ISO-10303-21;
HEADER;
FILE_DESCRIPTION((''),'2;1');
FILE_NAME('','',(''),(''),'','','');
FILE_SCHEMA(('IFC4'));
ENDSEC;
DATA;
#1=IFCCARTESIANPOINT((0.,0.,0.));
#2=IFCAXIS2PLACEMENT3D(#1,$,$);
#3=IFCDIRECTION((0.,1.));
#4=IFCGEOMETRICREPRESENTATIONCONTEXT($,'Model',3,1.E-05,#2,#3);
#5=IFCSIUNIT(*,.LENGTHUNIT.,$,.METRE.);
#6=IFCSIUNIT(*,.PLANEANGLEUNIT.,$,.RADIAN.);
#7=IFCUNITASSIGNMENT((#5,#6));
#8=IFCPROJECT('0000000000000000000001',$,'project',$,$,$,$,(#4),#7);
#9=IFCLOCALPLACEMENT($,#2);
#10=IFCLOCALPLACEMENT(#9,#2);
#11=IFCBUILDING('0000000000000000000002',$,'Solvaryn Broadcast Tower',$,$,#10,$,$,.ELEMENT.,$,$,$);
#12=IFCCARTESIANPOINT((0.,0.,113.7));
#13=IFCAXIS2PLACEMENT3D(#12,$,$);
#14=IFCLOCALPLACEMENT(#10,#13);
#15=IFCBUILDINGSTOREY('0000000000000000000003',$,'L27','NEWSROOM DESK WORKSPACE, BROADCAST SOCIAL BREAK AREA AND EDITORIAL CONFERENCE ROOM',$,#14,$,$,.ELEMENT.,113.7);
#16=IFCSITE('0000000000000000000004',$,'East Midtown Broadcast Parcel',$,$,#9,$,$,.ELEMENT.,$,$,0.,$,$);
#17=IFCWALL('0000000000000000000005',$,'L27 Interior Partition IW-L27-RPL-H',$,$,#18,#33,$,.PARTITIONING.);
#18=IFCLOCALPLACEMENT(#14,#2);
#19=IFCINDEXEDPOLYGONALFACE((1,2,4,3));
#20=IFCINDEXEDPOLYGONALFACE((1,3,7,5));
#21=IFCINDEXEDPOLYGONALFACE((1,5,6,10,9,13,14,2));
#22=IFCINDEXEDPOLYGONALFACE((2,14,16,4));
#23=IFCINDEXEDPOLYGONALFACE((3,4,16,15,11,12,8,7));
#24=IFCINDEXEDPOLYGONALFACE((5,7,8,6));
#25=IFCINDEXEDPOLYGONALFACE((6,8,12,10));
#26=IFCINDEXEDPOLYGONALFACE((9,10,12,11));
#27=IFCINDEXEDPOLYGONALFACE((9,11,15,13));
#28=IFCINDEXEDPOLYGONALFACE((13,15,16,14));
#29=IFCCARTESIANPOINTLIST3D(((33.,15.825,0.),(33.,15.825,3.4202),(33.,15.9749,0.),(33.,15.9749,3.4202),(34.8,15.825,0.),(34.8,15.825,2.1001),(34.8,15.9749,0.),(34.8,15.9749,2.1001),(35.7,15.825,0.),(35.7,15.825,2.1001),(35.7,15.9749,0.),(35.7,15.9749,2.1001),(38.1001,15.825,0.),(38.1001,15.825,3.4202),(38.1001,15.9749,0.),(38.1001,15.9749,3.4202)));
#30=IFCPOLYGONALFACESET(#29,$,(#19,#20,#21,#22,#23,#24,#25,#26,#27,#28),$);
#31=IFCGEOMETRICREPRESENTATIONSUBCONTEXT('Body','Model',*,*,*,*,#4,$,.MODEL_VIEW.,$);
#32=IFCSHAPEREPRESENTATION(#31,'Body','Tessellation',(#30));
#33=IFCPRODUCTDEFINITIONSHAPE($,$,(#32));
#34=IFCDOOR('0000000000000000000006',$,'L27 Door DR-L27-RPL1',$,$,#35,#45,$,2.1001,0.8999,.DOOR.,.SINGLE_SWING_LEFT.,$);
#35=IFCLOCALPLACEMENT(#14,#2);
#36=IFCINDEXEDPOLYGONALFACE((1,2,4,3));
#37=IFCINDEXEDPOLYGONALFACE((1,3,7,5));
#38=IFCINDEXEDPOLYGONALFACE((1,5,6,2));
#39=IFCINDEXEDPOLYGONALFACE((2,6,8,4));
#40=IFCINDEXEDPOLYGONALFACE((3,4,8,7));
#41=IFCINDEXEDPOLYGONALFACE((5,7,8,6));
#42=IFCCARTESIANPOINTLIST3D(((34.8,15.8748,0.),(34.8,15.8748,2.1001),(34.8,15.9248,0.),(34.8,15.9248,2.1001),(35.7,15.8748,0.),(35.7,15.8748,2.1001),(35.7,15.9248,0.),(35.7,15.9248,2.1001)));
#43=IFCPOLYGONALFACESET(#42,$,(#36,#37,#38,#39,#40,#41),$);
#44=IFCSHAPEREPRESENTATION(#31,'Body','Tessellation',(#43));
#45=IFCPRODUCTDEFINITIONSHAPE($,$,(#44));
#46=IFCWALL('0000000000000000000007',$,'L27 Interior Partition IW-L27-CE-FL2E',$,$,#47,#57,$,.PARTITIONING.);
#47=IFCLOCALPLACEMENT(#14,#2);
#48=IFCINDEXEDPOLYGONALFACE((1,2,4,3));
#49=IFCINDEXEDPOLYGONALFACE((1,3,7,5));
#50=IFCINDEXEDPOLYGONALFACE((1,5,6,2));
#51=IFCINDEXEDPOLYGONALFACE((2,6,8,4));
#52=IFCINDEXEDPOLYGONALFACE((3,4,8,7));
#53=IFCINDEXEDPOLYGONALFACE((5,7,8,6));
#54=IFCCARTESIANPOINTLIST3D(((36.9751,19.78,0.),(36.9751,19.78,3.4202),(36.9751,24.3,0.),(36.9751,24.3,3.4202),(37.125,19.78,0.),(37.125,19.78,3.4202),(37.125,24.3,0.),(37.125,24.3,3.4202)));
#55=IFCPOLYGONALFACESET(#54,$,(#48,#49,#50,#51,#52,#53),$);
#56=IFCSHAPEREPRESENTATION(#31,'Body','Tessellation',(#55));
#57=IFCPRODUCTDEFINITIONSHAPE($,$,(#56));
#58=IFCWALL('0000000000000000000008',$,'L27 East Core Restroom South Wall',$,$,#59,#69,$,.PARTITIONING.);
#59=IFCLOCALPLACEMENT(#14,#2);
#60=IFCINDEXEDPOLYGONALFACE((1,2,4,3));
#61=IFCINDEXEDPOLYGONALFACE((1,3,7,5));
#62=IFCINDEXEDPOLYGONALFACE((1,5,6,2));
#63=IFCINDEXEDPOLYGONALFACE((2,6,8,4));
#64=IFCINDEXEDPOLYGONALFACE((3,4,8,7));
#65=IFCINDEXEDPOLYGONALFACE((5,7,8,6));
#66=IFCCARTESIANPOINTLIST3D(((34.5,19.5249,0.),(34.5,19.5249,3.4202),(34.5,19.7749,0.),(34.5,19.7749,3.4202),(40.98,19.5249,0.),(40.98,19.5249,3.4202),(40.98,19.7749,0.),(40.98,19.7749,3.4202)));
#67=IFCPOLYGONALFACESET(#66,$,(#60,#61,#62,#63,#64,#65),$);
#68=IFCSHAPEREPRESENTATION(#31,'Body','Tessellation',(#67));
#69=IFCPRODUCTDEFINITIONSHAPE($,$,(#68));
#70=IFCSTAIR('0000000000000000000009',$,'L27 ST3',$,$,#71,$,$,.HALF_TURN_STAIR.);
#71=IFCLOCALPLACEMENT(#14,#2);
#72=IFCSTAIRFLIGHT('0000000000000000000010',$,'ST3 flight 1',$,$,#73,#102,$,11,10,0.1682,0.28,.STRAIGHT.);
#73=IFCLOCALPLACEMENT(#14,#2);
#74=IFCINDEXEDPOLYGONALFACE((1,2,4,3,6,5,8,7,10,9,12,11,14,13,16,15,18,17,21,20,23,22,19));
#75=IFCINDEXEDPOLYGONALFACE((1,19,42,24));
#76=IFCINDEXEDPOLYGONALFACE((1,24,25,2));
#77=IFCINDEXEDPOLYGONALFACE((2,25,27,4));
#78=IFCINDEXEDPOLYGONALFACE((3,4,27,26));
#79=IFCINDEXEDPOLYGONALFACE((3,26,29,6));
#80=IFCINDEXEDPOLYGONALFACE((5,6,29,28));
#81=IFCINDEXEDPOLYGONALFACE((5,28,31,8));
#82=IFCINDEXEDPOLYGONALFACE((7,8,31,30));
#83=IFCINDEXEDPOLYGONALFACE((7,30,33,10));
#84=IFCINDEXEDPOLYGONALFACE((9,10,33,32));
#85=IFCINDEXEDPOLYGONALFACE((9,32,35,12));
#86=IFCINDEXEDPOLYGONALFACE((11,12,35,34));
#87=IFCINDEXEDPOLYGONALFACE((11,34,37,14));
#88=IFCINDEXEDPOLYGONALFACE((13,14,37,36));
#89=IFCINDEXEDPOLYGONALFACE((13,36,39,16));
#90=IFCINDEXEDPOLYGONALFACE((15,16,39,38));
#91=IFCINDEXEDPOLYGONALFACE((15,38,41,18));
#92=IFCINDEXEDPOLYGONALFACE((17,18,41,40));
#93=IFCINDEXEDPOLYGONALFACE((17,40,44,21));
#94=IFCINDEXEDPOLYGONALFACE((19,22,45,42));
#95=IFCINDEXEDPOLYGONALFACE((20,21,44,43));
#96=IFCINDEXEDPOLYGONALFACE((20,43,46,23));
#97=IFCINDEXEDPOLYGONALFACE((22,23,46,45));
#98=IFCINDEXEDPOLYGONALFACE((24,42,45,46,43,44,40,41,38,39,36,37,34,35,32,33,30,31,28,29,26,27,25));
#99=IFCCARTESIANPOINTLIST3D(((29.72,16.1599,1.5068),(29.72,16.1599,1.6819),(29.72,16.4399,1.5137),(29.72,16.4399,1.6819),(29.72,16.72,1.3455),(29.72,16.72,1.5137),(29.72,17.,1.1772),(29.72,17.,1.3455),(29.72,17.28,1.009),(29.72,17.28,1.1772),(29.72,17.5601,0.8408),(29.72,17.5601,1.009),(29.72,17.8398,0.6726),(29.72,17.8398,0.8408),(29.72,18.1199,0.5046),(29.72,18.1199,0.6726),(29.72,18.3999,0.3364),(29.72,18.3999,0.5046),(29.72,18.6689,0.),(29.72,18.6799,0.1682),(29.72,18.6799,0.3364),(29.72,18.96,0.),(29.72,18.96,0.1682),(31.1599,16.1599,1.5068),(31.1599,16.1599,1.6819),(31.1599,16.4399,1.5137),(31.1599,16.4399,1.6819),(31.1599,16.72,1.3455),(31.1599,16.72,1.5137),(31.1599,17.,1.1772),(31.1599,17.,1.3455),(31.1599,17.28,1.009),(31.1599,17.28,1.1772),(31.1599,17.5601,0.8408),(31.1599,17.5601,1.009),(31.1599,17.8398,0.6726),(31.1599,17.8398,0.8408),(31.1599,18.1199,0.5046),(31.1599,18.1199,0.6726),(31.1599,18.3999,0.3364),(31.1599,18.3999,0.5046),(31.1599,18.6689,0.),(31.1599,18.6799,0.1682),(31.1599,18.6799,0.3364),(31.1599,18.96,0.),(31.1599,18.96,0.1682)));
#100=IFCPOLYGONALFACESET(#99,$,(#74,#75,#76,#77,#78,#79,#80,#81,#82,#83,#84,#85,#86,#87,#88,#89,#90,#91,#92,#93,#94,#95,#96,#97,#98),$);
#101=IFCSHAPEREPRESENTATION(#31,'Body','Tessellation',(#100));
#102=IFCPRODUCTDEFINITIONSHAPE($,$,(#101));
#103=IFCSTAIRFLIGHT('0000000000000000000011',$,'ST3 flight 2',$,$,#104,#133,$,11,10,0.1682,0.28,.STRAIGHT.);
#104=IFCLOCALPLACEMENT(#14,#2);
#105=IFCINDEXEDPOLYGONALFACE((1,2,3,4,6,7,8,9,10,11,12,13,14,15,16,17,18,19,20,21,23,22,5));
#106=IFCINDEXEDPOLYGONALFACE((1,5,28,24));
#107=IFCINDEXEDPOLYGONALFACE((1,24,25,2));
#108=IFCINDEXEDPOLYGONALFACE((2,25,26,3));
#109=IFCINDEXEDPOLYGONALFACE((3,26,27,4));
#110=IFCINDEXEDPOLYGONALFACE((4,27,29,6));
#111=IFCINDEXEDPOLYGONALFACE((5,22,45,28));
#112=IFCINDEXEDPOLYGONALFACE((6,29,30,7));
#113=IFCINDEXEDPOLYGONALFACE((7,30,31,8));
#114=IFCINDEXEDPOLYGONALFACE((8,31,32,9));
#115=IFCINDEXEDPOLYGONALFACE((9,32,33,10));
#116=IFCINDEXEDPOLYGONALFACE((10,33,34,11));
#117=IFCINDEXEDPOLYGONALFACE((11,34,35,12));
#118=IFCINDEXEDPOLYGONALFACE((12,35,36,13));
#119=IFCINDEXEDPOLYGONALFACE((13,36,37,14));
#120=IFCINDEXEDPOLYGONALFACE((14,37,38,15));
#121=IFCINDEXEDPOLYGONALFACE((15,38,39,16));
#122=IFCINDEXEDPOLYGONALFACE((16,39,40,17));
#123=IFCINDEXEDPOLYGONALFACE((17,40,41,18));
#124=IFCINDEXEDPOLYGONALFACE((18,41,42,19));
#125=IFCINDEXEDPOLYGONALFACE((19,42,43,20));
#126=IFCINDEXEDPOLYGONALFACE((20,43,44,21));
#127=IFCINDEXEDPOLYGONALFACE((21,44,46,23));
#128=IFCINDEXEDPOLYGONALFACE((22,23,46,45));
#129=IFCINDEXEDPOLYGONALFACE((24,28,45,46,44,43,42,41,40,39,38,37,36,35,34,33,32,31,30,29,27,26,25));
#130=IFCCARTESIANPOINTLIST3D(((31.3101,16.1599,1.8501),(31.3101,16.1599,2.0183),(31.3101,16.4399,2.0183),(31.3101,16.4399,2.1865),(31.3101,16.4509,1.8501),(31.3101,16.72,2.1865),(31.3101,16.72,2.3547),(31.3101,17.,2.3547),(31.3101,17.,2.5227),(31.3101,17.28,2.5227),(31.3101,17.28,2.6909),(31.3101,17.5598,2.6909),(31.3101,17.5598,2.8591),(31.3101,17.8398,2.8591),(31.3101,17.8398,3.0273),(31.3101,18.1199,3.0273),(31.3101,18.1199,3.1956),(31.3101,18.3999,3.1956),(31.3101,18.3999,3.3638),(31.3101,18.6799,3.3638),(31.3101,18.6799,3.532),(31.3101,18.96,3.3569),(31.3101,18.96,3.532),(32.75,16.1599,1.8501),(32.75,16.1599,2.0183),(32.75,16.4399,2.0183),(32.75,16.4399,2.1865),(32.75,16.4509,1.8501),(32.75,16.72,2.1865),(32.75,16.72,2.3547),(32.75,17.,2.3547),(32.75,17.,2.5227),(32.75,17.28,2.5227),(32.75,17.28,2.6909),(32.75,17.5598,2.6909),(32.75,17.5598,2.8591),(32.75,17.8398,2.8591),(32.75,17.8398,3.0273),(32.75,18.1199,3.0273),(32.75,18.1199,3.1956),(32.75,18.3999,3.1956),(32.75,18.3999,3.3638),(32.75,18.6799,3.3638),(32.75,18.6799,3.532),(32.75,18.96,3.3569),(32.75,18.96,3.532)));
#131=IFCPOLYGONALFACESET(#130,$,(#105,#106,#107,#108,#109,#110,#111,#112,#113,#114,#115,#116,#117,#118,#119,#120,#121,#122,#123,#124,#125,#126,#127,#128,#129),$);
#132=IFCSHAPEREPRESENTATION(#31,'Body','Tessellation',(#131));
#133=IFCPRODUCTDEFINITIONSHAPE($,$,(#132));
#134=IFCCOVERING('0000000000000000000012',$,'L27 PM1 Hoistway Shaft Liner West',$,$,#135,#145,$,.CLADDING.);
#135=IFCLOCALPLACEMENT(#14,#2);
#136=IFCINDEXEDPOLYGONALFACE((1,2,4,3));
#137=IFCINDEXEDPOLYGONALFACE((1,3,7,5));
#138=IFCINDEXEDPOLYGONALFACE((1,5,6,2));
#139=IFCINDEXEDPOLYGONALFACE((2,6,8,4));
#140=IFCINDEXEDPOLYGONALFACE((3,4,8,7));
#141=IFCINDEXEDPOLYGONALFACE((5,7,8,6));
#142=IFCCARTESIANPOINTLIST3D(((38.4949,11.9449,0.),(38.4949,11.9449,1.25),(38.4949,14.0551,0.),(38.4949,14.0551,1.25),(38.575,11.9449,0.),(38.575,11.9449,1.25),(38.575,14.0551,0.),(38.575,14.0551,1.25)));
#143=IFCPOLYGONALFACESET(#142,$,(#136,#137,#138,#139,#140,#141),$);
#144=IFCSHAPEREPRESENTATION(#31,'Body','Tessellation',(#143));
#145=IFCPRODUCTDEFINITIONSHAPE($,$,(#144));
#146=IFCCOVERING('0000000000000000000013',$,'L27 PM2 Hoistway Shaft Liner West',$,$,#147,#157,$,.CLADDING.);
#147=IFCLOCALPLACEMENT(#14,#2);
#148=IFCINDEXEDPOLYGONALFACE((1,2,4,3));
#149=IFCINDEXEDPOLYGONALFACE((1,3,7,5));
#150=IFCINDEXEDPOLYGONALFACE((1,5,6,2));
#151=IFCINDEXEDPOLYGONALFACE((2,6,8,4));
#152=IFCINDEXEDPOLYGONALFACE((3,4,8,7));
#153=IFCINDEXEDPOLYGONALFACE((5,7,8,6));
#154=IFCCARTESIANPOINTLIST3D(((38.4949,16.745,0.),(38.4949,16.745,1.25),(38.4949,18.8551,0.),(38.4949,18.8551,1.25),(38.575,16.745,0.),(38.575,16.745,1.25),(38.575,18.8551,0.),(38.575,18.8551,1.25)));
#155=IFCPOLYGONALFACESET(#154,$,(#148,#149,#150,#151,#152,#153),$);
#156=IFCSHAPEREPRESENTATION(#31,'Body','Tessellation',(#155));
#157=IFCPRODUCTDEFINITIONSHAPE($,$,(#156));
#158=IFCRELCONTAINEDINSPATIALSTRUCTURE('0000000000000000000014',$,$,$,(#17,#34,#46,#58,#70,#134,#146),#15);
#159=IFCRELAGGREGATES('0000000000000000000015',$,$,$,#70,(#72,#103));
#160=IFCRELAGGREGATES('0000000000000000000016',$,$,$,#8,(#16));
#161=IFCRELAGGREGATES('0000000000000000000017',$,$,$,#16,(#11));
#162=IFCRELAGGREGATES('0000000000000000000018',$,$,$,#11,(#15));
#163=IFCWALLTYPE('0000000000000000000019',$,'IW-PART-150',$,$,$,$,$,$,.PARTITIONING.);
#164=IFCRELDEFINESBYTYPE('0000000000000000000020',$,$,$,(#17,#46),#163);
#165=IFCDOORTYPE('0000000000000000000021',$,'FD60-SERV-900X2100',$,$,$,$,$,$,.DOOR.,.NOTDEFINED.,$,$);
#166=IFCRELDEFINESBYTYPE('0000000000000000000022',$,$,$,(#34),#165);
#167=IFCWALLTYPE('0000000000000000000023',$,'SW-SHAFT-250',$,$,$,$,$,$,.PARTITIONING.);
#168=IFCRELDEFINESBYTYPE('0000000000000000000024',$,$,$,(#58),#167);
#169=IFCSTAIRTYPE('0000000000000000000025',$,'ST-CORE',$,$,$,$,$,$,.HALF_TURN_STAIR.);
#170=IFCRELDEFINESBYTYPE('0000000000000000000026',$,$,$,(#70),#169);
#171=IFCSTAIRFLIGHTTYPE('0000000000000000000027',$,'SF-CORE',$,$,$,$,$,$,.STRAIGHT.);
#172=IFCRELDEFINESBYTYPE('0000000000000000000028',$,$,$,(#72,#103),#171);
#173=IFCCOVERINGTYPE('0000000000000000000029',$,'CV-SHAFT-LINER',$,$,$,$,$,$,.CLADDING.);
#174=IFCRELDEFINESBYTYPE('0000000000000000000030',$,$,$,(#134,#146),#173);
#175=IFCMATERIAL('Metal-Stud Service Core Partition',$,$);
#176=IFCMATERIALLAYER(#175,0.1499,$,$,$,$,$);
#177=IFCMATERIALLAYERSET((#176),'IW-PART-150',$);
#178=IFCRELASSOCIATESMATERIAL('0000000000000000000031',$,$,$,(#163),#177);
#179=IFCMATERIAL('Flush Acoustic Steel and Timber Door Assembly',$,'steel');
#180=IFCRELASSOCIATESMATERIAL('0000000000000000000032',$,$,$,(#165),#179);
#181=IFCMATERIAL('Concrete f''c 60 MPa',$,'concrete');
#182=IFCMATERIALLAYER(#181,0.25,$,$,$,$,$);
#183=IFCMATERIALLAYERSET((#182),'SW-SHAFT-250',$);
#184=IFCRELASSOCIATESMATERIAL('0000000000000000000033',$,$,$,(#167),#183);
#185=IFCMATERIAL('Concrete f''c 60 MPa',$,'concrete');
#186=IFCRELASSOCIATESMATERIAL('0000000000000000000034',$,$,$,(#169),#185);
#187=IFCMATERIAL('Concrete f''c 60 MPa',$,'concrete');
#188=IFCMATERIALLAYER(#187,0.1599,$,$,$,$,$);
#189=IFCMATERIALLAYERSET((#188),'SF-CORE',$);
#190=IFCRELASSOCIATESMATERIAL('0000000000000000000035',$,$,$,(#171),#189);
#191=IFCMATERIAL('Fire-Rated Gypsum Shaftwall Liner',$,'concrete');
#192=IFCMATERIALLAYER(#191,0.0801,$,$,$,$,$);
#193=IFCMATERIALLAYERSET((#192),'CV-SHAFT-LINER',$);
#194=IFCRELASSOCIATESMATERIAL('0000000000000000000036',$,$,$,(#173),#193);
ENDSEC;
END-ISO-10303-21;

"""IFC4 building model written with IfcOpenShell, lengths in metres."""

from ifc_helpers import new_model, si_unit, direction, frame, frame_2d, origin, origin_2d, place, context, subcontext, project, spatial, polyline, rectangle, outline, extrude, material, layer, layer_set, type_object, element, fill, aggregate, save


model = new_model("IFC4")

# Units and contexts
model_context = context("Model", 3, precision=1e-05, world=origin(), true_north=direction((0.0, 1.0)))
body_context = subcontext(model_context, "Body", "Model", "MODEL_VIEW")
ifc_project = project(units=[si_unit("LENGTHUNIT", "METRE"), si_unit("PLANEANGLEUNIT", "RADIAN")], contexts=[model_context])

# Site, building, storey
site_placement = place(None, origin())
site = spatial("IfcSite", under=ifc_project, at=site_placement, Name="East Midtown Broadcast Parcel", CompositionType="ELEMENT", RefElevation=0.0)
building_placement = place(site_placement, origin())
building = spatial("IfcBuilding", under=site, at=building_placement, Name="Solvaryn Broadcast Tower", CompositionType="ELEMENT")
storey_placement = place(building_placement, frame((0.0, 0.0, 113.7)))
storey = spatial("IfcBuildingStorey", under=building, at=storey_placement, Name="L27", Description="NEWSROOM DESK WORKSPACE, BROADCAST SOCIAL BREAK AREA AND EDITORIAL CONFERENCE ROOM", CompositionType="ELEMENT", Elevation=113.7)

# Wall, opening, door
ifc_material_1 = material(Name="Metal-Stud Service Core Partition")
ifc_layer_1 = layer(ifc_material_1, 0.1499)
ifc_layer_set_1 = layer_set([ifc_layer_1], Name="IW-PART-150")
wall_type_1 = type_object("IfcWallType", Name="IW-PART-150", PredefinedType="PARTITIONING", material=ifc_layer_set_1)
wall_1_placement = place(storey_placement, frame((33.0, 15.8999, 0.0), z_axis=(0.0, 0.0, 1.0), x_axis=(1.0, 0.0, 0.0)))
wall_1 = element("IfcWall", 1, at=wall_1_placement, inside=storey, type_object=wall_type_1, Name="L27 Interior Partition IW-L27-RPL-H", PredefinedType="PARTITIONING", context=body_context, shape_type="SweptSolid", body=[
    extrude(rectangle(XDim=5.1001, YDim=0.1499, at=frame_2d((2.55, 0.0))), origin(), (0.0, 0.0, 1.0), 3.4202),
])
opening_1_placement = place(wall_1_placement, frame((1.8, 0.0, 0.0)))
opening_1 = element("IfcOpeningElement", 2, at=opening_1_placement, cuts=wall_1, PredefinedType="OPENING", context=body_context, shape_type="SweptSolid", body=[
    extrude(rectangle(XDim=0.8999, YDim=2.1001, at=frame_2d((0.45, 1.05))), frame((0.0, 0.085, 0.0), z_axis=(0.0, -1.0, 0.0), x_axis=(1.0, 0.0, 0.0)), (0.0, 0.0, 1.0), 0.1699),
])
ifc_material_2 = material(Name="Flush Acoustic Steel and Timber Door Assembly", Category="steel")
door_type_1 = type_object("IfcDoorType", Name="FD60-SERV-900X2100", OperationType="NOTDEFINED", PredefinedType="DOOR", material=ifc_material_2)
door_1_placement = place(opening_1_placement, origin())
door_1 = element("IfcDoor", 3, at=door_1_placement, inside=storey, type_object=door_type_1, Name="L27 Door DR-L27-RPL1", OperationType="SINGLE_SWING_LEFT", OverallHeight=2.1001, OverallWidth=0.8999, PredefinedType="DOOR", context=body_context, shape_type="SweptSolid", body=[
    extrude(rectangle(XDim=0.8999, YDim=2.1001, at=frame_2d((0.45, 1.05))), frame((0.0, 0.0249, 0.0), z_axis=(0.0, -1.0, 0.0), x_axis=(1.0, 0.0, 0.0)), (0.0, 0.0, 1.0), 0.05),
])
fill(opening_1, door_1)

# Walls
wall_2_placement = place(storey_placement, frame((37.05, 19.78, 0.0), z_axis=(0.0, 0.0, 1.0), x_axis=(0.0, 1.0, 0.0)))
element("IfcWall", 4, at=wall_2_placement, inside=storey, type_object=wall_type_1, Name="L27 Interior Partition IW-L27-CE-FL2E", PredefinedType="PARTITIONING", context=body_context, shape_type="SweptSolid", body=[
    extrude(rectangle(XDim=4.52, YDim=0.1499, at=frame_2d((2.26, 0.0))), origin(), (0.0, 0.0, 1.0), 3.4202),
])
ifc_material_3 = material(Name="Concrete f'c 60 MPa", Category="concrete")
ifc_layer_2 = layer(ifc_material_3, 0.25)
ifc_layer_set_2 = layer_set([ifc_layer_2], Name="SW-SHAFT-250")
wall_type_2 = type_object("IfcWallType", Name="SW-SHAFT-250", PredefinedType="PARTITIONING", material=ifc_layer_set_2)
wall_3_placement = place(storey_placement, frame((34.5, 19.6499, 0.0), z_axis=(0.0, 0.0, 1.0), x_axis=(1.0, 0.0, 0.0)))
element("IfcWall", 5, at=wall_3_placement, inside=storey, type_object=wall_type_2, Name="L27 East Core Restroom South Wall", PredefinedType="PARTITIONING", context=body_context, shape_type="SweptSolid", body=[
    extrude(rectangle(XDim=6.48, YDim=0.25, at=frame_2d((3.24, 0.0))), origin(), (0.0, 0.0, 1.0), 3.4202),
])

# Stair, stair flights
ifc_material_4 = material(Name="Concrete f'c 60 MPa", Category="concrete")
stair_type = type_object("IfcStairType", Name="ST-CORE", PredefinedType="HALF_TURN_STAIR", material=ifc_material_4)
stair_placement = place(storey_placement, origin())
stair = element("IfcStair", 6, at=stair_placement, inside=storey, type_object=stair_type, Name="L27 ST3", PredefinedType="HALF_TURN_STAIR")
ifc_material_5 = material(Name="Concrete f'c 60 MPa", Category="concrete")
ifc_layer_3 = layer(ifc_material_5, 0.1599)
ifc_layer_set_3 = layer_set([ifc_layer_3], Name="SF-CORE")
stair_flight_type = type_object("IfcStairFlightType", Name="SF-CORE", PredefinedType="STRAIGHT", material=ifc_layer_set_3)
stair_flight_1_placement = place(storey_placement, frame((30.4399, 18.96, 0.0), z_axis=(0.0, 0.0, 1.0), x_axis=(0.0, -1.0, 0.0)))
stair_flight_1 = element("IfcStairFlight", 7, at=stair_flight_1_placement, type_object=stair_flight_type, Name="ST3 flight 1", NumberOfRisers=11, NumberOfTreads=10, PredefinedType="STRAIGHT", RiserHeight=0.1682, TreadLength=0.28, context=body_context, shape_type="SweptSolid", body=[
    extrude(outline(polyline([(0.0, 0.0), (0.0, 0.1682), (0.28, 0.1682), (0.28, 0.3364), (0.5601, 0.3364), (0.5601, 0.5046), (0.8401, 0.5046), (0.8401, 0.6726), (1.1201, 0.6726), (1.1201, 0.8408), (1.3999, 0.8408), (1.3999, 1.009), (1.6799, 1.009), (1.6799, 1.1772), (1.96, 1.1772), (1.96, 1.3455), (2.24, 1.3455), (2.24, 1.5137), (2.52, 1.5137), (2.52, 1.6819), (2.8, 1.6819), (2.8, 1.8501), (2.8, 1.5068), (0.291, 0.0), (0.0, 0.0)])), frame((0.0, 0.72, 0.0), z_axis=(0.0, -1.0, 0.0), x_axis=(1.0, 0.0, 0.0)), (0.0, 0.0, 1.0), 1.4399),
])
stair_flight_2_placement = place(storey_placement, frame((32.03, 16.1599, 1.8501), z_axis=(0.0, 0.0, 1.0), x_axis=(0.0, 1.0, 0.0)))
stair_flight_2 = element("IfcStairFlight", 8, at=stair_flight_2_placement, type_object=stair_flight_type, Name="ST3 flight 2", NumberOfRisers=11, NumberOfTreads=10, PredefinedType="STRAIGHT", RiserHeight=0.1682, TreadLength=0.28, context=body_context, shape_type="SweptSolid", body=[
    extrude(outline(polyline([(0.0, 0.0), (0.0, 0.1682), (0.28, 0.1682), (0.28, 0.3364), (0.5601, 0.3364), (0.5601, 0.5046), (0.8401, 0.5046), (0.8401, 0.6726), (1.1201, 0.6726), (1.1201, 0.8408), (1.3999, 0.8408), (1.3999, 1.009), (1.6799, 1.009), (1.6799, 1.1772), (1.96, 1.1772), (1.96, 1.3455), (2.24, 1.3455), (2.24, 1.5137), (2.52, 1.5137), (2.52, 1.6819), (2.8, 1.6819), (2.8, 1.8501), (2.8, 1.5068), (0.291, 0.0), (0.0, 0.0)])), frame((0.0, 0.72, 0.0), z_axis=(0.0, -1.0, 0.0), x_axis=(1.0, 0.0, 0.0)), (0.0, 0.0, 1.0), 1.4399),
])
aggregate(stair, [stair_flight_1, stair_flight_2])

# Coverings
ifc_material_6 = material(Name="Fire-Rated Gypsum Shaftwall Liner", Category="concrete")
ifc_layer_4 = layer(ifc_material_6, 0.0801)
ifc_layer_set_4 = layer_set([ifc_layer_4], Name="CV-SHAFT-LINER")
covering_type = type_object("IfcCoveringType", Name="CV-SHAFT-LINER", PredefinedType="CLADDING", material=ifc_layer_set_4)
for number, where, z_axis, x_axis, name in (
    (9, (38.5349, 13.0, 0.0), (0.0, 0.0, 1.0), (1.0, 0.0, 0.0), "L27 PM1 Hoistway Shaft Liner West"),
    (10, (38.5349, 17.8, 0.0), (0.0, 0.0, 1.0), (1.0, 0.0, 0.0), "L27 PM2 Hoistway Shaft Liner West"),
):
    element("IfcCovering", number, at=place(storey_placement, frame(where, z_axis=z_axis, x_axis=x_axis)), inside=storey, type_object=covering_type, Name=name, PredefinedType="CLADDING", context=body_context, shape_type="SweptSolid", body=[
        extrude(rectangle(XDim=0.0801, YDim=2.1101, at=origin_2d()), origin(), (0.0, 0.0, 1.0), 1.25),
    ])

save(model, "model.ifc")
